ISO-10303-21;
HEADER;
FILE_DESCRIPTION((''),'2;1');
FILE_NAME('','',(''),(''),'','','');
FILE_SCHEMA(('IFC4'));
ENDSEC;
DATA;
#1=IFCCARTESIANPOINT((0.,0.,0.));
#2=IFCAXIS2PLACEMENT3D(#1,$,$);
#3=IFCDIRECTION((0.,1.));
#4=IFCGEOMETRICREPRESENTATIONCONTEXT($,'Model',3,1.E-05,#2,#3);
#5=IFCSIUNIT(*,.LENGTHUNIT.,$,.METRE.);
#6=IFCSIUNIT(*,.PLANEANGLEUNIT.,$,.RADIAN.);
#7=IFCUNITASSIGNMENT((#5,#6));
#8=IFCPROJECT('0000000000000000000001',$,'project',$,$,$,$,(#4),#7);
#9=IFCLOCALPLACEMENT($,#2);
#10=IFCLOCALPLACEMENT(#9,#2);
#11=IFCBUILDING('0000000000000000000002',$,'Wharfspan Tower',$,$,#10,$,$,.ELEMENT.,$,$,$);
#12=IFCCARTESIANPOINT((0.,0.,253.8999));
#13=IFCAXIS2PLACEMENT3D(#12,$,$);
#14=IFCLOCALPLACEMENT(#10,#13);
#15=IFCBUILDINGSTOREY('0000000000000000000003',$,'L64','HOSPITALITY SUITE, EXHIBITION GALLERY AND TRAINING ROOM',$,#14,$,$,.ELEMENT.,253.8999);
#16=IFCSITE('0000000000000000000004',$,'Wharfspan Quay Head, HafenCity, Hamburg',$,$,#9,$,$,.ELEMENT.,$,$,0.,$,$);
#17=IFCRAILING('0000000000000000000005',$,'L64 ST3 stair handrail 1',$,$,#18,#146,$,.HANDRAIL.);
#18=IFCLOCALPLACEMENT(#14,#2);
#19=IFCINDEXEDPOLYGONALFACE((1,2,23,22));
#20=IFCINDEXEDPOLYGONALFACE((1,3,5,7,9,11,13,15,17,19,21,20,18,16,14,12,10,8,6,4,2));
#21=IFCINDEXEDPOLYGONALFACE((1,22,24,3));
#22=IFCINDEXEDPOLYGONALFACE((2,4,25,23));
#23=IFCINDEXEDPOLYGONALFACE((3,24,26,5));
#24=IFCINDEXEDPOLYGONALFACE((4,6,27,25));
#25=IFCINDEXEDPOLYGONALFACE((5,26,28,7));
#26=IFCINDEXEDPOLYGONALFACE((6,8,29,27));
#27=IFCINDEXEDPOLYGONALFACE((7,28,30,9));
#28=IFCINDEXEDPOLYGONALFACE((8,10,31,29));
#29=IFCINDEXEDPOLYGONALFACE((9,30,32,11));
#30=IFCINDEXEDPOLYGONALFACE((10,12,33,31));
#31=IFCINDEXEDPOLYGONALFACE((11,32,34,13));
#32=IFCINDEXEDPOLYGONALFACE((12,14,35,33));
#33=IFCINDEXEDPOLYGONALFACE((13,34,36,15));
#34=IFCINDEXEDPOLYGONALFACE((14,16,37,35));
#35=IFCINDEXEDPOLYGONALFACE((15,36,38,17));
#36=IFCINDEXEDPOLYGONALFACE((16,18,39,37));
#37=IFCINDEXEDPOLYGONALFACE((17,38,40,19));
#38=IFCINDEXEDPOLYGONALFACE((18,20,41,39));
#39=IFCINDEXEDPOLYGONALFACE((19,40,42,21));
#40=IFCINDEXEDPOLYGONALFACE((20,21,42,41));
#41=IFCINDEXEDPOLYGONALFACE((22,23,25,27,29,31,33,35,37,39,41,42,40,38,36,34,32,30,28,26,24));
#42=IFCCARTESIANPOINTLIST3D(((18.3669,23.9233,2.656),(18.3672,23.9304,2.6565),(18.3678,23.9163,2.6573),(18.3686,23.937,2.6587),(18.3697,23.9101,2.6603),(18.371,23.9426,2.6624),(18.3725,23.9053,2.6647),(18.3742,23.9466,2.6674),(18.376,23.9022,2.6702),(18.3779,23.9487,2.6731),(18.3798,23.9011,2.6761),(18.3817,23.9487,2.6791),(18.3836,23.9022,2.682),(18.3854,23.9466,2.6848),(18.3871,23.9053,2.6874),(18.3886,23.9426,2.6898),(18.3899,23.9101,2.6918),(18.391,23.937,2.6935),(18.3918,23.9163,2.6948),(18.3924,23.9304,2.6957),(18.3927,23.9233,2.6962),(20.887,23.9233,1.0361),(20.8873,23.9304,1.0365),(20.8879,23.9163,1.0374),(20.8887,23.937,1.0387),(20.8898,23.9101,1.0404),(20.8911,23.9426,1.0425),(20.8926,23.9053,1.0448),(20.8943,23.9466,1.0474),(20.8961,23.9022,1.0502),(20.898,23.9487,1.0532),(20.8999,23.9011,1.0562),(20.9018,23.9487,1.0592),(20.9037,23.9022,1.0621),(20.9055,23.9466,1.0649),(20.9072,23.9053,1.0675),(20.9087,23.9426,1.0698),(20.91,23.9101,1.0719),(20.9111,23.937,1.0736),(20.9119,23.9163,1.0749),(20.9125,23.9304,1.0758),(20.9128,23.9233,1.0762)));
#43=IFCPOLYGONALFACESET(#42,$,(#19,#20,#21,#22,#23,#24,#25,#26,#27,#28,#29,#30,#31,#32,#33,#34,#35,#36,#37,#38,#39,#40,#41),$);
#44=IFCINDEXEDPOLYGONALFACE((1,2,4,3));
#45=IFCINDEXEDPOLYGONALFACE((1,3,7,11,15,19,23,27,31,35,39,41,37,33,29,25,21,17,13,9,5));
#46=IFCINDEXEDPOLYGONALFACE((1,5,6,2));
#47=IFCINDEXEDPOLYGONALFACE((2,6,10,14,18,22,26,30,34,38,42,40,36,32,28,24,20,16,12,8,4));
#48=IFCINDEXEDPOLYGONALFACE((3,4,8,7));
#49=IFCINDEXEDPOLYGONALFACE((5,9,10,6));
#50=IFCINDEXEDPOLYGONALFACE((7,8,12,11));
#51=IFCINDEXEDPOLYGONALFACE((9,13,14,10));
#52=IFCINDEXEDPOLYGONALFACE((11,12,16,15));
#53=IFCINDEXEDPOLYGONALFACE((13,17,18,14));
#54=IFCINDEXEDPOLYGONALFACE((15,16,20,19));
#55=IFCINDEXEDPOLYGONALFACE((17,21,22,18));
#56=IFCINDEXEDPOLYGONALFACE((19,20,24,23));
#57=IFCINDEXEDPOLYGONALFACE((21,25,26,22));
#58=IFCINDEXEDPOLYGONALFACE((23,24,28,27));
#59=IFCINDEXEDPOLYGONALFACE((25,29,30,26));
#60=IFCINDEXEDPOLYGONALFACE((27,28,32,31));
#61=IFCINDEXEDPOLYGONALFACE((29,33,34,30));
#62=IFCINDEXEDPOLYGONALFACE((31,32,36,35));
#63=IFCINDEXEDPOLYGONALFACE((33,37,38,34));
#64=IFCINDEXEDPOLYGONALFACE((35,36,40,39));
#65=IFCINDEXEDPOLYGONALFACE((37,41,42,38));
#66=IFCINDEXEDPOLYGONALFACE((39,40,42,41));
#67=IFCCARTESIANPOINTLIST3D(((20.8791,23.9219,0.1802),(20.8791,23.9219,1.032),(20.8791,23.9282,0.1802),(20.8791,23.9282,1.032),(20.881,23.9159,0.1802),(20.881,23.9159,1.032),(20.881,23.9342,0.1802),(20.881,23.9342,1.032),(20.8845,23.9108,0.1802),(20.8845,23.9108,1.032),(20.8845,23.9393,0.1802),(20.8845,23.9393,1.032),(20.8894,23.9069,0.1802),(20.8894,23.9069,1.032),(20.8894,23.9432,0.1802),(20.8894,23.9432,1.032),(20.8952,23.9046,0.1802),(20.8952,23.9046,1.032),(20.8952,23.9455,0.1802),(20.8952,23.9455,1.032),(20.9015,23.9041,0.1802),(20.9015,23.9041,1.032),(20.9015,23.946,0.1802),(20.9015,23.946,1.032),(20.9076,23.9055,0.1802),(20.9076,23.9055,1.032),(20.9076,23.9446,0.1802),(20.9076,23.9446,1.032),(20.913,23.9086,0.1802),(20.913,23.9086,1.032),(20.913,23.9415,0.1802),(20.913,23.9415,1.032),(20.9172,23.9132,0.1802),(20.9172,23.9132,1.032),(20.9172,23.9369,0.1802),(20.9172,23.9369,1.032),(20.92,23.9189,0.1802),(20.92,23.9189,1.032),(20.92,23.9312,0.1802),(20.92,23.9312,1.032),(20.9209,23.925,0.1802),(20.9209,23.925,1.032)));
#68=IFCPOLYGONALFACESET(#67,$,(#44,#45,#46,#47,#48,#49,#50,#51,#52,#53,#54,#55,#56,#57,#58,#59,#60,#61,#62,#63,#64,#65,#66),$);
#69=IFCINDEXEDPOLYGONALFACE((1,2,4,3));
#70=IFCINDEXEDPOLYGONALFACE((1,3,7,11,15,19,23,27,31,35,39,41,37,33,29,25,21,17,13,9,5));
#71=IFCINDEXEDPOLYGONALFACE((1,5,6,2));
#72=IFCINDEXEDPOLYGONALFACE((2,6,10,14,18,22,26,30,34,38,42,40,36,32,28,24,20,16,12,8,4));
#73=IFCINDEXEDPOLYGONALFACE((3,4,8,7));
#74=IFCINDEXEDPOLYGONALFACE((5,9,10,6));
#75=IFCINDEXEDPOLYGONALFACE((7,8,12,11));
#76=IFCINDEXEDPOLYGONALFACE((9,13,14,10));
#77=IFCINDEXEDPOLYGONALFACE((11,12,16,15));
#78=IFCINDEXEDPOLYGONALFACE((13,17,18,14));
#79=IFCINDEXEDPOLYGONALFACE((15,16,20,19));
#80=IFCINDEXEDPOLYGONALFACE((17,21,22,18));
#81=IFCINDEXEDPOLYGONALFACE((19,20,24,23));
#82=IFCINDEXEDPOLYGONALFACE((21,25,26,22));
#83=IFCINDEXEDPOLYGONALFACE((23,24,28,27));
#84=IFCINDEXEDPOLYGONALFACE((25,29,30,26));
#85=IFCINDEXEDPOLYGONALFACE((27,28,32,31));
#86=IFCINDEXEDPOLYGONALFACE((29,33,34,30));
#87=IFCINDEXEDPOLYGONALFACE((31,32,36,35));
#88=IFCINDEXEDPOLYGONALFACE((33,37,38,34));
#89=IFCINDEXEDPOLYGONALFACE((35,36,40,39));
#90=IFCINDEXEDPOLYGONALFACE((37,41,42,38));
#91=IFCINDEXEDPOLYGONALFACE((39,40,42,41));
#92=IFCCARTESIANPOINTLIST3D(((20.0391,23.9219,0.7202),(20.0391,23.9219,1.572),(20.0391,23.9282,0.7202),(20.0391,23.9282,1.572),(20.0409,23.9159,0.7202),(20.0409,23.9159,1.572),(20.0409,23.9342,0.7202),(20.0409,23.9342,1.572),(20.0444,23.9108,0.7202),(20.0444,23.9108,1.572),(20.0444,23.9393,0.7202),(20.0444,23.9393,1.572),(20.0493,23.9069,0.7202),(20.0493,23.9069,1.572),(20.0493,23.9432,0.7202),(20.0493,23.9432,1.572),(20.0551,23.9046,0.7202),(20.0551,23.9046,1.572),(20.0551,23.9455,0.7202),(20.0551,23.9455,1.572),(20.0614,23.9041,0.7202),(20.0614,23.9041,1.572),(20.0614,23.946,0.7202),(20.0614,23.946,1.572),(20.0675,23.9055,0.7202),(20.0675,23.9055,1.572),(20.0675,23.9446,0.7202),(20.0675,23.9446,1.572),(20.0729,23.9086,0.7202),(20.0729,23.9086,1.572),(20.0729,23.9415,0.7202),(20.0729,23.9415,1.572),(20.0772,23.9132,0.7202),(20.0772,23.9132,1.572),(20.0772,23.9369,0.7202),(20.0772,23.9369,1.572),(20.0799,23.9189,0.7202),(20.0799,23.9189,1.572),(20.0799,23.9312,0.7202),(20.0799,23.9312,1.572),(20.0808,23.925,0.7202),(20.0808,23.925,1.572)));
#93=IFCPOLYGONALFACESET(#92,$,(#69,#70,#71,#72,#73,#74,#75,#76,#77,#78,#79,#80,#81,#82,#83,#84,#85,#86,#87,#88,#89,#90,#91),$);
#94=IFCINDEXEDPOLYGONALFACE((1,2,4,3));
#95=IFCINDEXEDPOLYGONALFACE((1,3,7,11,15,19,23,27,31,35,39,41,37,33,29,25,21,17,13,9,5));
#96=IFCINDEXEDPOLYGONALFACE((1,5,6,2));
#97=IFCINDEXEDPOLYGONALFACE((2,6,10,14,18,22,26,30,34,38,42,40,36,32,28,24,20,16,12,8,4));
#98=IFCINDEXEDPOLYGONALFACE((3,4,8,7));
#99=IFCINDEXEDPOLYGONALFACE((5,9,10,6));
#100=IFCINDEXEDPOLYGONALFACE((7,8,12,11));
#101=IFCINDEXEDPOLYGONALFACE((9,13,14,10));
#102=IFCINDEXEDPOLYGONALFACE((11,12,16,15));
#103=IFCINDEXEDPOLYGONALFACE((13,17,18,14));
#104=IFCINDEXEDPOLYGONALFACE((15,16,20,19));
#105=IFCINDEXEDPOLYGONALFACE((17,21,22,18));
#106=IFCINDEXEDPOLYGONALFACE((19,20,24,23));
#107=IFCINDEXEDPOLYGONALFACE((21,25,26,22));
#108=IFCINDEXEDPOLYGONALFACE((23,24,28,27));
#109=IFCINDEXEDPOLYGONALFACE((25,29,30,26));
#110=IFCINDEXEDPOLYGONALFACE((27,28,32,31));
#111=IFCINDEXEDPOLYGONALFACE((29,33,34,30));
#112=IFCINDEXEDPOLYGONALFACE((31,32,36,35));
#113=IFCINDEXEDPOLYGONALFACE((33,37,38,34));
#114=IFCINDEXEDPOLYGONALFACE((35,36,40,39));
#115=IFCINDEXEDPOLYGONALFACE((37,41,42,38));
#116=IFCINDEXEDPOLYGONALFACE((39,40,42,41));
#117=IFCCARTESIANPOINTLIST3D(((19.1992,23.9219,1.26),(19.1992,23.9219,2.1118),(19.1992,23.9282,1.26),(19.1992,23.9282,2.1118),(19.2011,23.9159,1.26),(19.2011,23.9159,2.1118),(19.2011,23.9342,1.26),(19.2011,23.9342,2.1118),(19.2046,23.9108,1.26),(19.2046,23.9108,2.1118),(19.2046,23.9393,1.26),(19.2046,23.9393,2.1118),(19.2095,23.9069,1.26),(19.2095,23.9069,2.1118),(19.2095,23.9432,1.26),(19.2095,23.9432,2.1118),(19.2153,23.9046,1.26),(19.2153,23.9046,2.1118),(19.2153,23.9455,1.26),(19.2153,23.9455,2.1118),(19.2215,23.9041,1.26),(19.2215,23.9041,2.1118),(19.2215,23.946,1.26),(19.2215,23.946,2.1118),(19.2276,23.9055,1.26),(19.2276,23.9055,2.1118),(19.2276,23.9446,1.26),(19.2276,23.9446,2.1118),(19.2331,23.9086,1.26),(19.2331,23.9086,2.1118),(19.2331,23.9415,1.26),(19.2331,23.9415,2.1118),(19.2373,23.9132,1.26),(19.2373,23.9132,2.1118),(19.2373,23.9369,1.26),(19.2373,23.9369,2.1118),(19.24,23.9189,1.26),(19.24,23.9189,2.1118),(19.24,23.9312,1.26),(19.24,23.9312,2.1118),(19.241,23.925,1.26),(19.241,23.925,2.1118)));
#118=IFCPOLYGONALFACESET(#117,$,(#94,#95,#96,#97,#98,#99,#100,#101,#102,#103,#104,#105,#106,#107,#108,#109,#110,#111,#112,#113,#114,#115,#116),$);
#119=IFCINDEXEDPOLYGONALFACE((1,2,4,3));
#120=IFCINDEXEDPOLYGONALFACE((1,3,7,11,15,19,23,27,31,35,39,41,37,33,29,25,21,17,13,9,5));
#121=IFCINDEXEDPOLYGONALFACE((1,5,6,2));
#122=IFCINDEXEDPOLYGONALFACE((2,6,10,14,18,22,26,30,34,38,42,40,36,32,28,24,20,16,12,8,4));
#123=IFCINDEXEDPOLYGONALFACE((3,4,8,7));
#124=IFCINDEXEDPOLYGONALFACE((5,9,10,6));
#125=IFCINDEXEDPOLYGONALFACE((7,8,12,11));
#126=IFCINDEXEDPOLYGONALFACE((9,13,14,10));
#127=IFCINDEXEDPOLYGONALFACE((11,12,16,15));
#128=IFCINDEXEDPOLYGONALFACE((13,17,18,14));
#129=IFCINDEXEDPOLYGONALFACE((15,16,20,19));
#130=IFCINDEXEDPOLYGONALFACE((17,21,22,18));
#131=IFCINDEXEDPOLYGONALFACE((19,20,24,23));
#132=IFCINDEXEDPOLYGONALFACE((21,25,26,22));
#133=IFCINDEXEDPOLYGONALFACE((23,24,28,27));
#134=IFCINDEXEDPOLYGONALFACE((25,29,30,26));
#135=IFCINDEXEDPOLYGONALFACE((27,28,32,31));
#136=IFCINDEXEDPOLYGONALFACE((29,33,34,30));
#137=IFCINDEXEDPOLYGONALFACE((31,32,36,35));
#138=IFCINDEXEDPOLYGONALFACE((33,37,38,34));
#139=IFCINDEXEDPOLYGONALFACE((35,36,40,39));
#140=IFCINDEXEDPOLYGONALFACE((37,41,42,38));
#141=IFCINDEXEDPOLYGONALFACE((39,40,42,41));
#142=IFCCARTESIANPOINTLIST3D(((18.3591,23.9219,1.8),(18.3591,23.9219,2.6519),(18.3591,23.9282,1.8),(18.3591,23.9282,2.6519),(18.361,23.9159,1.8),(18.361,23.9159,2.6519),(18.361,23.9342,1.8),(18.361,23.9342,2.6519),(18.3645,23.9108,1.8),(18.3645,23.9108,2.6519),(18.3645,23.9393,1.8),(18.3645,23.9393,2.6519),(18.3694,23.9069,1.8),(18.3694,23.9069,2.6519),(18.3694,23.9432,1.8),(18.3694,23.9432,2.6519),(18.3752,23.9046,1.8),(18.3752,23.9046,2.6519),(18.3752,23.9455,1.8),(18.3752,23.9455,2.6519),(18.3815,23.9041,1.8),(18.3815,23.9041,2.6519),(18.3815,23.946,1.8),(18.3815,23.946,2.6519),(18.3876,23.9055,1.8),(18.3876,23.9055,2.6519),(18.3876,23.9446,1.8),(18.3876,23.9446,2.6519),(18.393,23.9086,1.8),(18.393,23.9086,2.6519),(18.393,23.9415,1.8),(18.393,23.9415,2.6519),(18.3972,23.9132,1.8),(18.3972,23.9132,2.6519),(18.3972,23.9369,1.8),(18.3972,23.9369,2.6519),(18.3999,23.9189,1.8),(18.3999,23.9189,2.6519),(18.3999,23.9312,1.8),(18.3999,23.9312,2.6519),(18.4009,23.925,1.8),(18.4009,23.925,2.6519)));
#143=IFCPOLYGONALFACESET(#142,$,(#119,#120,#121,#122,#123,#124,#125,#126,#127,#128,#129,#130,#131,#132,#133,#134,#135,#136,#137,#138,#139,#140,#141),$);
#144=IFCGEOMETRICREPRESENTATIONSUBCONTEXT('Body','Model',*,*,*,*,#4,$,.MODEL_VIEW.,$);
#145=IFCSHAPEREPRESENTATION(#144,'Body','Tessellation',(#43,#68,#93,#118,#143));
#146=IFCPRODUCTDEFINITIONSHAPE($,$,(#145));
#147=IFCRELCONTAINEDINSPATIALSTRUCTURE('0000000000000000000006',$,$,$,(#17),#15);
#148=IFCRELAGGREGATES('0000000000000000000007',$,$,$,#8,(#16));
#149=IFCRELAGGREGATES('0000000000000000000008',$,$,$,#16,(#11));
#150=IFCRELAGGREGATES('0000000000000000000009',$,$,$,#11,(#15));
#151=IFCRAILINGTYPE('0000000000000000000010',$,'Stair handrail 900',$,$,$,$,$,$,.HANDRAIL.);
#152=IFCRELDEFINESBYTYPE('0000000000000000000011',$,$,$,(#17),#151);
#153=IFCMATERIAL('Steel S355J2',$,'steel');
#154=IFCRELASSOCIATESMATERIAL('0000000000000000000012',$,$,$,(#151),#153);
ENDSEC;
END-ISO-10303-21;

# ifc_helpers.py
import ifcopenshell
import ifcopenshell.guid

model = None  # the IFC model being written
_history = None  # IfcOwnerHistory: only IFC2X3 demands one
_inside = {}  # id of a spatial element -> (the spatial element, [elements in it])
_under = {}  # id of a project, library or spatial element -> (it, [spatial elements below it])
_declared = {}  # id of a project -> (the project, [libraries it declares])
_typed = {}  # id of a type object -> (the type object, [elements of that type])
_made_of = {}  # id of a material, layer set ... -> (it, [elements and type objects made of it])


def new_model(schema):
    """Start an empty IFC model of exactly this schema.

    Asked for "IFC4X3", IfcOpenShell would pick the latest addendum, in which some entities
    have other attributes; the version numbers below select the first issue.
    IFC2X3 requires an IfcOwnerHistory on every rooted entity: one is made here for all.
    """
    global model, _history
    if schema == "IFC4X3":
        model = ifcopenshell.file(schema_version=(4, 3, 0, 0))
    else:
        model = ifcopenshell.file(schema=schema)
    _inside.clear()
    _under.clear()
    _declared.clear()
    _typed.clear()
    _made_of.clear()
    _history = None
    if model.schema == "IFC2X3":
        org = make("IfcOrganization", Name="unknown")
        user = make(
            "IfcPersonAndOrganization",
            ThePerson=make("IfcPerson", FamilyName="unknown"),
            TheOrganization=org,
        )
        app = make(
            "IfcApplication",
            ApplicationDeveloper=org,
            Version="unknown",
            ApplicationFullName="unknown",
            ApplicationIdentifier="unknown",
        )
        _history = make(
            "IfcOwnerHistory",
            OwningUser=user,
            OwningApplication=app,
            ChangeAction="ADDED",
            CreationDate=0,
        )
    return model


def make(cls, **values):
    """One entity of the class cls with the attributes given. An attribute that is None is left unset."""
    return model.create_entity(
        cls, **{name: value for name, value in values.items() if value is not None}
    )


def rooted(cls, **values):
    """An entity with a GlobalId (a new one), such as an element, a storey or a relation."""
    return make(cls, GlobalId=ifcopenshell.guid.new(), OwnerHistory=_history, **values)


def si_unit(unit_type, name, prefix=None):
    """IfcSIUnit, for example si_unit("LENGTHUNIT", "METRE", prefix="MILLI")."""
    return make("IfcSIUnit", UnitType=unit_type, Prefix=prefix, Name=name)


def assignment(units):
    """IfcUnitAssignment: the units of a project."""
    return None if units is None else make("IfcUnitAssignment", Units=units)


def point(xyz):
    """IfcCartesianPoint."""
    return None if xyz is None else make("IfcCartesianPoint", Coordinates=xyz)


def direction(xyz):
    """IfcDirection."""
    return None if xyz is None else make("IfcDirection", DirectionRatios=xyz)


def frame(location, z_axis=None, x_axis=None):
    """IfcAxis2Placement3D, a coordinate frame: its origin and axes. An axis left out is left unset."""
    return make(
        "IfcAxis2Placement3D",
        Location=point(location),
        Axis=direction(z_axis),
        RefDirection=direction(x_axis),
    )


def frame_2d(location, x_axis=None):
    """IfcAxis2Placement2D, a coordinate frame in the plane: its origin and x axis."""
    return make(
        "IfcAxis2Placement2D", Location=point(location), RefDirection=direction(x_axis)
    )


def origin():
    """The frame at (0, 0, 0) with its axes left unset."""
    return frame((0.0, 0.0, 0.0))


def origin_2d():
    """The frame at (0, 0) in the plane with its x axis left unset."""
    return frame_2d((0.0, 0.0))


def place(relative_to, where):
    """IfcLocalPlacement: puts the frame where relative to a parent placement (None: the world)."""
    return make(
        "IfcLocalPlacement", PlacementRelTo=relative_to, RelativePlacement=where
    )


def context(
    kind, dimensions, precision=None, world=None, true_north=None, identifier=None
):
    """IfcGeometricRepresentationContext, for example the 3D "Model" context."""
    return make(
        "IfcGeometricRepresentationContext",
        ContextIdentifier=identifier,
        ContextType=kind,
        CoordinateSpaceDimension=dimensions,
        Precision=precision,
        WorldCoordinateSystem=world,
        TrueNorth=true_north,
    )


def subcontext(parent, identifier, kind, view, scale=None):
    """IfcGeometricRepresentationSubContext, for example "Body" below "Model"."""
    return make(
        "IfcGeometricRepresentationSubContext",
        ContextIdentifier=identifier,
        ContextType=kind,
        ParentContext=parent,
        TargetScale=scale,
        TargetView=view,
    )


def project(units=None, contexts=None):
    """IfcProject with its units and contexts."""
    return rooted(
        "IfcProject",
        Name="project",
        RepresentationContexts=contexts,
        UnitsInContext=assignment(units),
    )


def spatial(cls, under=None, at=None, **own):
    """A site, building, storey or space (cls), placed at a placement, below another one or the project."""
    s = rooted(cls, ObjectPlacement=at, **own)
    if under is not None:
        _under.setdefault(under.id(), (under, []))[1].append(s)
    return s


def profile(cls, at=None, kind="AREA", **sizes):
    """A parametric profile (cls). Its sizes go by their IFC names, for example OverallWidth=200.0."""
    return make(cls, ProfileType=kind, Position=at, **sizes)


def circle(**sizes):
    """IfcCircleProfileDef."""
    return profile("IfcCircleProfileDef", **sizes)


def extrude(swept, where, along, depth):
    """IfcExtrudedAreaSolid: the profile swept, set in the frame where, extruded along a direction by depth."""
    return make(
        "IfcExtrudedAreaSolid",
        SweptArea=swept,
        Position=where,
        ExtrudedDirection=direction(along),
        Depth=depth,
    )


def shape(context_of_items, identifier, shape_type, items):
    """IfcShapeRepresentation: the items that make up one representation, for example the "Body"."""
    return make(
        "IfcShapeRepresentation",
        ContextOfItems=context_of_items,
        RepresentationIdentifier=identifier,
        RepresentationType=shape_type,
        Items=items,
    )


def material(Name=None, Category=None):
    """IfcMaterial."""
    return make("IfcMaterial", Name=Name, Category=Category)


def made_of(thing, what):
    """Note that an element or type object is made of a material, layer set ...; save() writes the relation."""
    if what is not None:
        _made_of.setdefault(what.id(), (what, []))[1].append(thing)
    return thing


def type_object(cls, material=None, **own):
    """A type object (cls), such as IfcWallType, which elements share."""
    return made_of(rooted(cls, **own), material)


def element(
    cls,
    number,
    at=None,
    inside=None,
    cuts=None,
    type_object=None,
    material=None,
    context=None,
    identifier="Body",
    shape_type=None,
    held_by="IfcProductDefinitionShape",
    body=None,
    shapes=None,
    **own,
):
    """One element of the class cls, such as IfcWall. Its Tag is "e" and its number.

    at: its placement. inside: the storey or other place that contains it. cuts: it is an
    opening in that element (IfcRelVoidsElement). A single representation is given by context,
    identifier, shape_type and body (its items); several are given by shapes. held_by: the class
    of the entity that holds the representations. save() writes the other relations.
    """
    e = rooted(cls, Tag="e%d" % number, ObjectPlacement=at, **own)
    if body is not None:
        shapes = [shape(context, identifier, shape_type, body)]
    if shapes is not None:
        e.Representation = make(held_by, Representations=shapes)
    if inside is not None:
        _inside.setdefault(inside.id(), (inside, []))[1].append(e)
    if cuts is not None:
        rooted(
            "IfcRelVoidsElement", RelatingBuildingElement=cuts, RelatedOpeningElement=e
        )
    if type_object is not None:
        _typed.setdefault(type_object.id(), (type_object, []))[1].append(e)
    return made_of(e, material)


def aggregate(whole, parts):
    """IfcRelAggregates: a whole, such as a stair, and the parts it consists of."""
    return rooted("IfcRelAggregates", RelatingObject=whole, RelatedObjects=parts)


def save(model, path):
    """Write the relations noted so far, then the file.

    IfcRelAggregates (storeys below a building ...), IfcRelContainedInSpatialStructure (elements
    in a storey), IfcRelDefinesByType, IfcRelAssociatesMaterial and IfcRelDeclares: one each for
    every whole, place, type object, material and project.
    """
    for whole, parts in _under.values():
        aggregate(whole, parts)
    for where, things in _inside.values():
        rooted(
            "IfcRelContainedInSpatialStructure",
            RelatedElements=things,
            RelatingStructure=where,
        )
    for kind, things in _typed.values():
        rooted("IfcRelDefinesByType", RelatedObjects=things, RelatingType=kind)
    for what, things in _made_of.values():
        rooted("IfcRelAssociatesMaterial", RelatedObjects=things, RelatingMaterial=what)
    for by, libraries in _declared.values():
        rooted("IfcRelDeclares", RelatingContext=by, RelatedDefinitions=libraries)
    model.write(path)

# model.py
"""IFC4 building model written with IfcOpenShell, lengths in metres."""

from ifc_helpers import new_model, si_unit, direction, frame, origin, origin_2d, place, context, subcontext, project, spatial, circle, extrude, material, type_object, element, save


model = new_model("IFC4")

# Units and contexts
model_context = context("Model", 3, precision=1e-05, world=origin(), true_north=direction((0.0, 1.0)))
body_context = subcontext(model_context, "Body", "Model", "MODEL_VIEW")
ifc_project = project(units=[si_unit("LENGTHUNIT", "METRE"), si_unit("PLANEANGLEUNIT", "RADIAN")], contexts=[model_context])

# Site, building, storey
site_placement = place(None, origin())
site = spatial("IfcSite", under=ifc_project, at=site_placement, Name="Wharfspan Quay Head, HafenCity, Hamburg", CompositionType="ELEMENT", RefElevation=0.0)
building_placement = place(site_placement, origin())
building = spatial("IfcBuilding", under=site, at=building_placement, Name="Wharfspan Tower", CompositionType="ELEMENT")
storey_placement = place(building_placement, frame((0.0, 0.0, 253.8999)))
storey = spatial("IfcBuildingStorey", under=building, at=storey_placement, Name="L64", Description="HOSPITALITY SUITE, EXHIBITION GALLERY AND TRAINING ROOM", CompositionType="ELEMENT", Elevation=253.8999)

# Shared definitions
ifc_material_1 = material(Name="Steel S355J2", Category="steel")

# Railing
railing_type_1 = type_object("IfcRailingType", Name="Stair handrail 900", PredefinedType="HANDRAIL", material=ifc_material_1)
railing_1_placement = place(storey_placement, frame((20.8999, 23.925, 0.1802)))
element("IfcRailing", 1, at=railing_1_placement, inside=storey, type_object=railing_type_1, Name="L64 ST3 stair handrail 1", PredefinedType="HANDRAIL", context=body_context, shape_type="SweptSolid", body=[
    extrude(circle(Radius=0.0239, at=origin_2d()), frame((0.0, 0.0, 0.876), z_axis=(-0.8412, 0.0, 0.540725), x_axis=(0.0, -1.0, 0.0)), (0.0, 0.0, 1.0), 2.9958),
    extrude(circle(Radius=0.021, at=origin_2d()), origin(), (0.0, 0.0, 1.0), 0.8518),
    extrude(circle(Radius=0.021, at=origin_2d()), frame((-0.8401, 0.0, 0.54)), (0.0, 0.0, 1.0), 0.8518),
    extrude(circle(Radius=0.021, at=origin_2d()), frame((-1.6799, 0.0, 1.0798)), (0.0, 0.0, 1.0), 0.8518),
    extrude(circle(Radius=0.021, at=origin_2d()), frame((-2.52, 0.0, 1.6199)), (0.0, 0.0, 1.0), 0.8518),
])

save(model, "model.ifc")
